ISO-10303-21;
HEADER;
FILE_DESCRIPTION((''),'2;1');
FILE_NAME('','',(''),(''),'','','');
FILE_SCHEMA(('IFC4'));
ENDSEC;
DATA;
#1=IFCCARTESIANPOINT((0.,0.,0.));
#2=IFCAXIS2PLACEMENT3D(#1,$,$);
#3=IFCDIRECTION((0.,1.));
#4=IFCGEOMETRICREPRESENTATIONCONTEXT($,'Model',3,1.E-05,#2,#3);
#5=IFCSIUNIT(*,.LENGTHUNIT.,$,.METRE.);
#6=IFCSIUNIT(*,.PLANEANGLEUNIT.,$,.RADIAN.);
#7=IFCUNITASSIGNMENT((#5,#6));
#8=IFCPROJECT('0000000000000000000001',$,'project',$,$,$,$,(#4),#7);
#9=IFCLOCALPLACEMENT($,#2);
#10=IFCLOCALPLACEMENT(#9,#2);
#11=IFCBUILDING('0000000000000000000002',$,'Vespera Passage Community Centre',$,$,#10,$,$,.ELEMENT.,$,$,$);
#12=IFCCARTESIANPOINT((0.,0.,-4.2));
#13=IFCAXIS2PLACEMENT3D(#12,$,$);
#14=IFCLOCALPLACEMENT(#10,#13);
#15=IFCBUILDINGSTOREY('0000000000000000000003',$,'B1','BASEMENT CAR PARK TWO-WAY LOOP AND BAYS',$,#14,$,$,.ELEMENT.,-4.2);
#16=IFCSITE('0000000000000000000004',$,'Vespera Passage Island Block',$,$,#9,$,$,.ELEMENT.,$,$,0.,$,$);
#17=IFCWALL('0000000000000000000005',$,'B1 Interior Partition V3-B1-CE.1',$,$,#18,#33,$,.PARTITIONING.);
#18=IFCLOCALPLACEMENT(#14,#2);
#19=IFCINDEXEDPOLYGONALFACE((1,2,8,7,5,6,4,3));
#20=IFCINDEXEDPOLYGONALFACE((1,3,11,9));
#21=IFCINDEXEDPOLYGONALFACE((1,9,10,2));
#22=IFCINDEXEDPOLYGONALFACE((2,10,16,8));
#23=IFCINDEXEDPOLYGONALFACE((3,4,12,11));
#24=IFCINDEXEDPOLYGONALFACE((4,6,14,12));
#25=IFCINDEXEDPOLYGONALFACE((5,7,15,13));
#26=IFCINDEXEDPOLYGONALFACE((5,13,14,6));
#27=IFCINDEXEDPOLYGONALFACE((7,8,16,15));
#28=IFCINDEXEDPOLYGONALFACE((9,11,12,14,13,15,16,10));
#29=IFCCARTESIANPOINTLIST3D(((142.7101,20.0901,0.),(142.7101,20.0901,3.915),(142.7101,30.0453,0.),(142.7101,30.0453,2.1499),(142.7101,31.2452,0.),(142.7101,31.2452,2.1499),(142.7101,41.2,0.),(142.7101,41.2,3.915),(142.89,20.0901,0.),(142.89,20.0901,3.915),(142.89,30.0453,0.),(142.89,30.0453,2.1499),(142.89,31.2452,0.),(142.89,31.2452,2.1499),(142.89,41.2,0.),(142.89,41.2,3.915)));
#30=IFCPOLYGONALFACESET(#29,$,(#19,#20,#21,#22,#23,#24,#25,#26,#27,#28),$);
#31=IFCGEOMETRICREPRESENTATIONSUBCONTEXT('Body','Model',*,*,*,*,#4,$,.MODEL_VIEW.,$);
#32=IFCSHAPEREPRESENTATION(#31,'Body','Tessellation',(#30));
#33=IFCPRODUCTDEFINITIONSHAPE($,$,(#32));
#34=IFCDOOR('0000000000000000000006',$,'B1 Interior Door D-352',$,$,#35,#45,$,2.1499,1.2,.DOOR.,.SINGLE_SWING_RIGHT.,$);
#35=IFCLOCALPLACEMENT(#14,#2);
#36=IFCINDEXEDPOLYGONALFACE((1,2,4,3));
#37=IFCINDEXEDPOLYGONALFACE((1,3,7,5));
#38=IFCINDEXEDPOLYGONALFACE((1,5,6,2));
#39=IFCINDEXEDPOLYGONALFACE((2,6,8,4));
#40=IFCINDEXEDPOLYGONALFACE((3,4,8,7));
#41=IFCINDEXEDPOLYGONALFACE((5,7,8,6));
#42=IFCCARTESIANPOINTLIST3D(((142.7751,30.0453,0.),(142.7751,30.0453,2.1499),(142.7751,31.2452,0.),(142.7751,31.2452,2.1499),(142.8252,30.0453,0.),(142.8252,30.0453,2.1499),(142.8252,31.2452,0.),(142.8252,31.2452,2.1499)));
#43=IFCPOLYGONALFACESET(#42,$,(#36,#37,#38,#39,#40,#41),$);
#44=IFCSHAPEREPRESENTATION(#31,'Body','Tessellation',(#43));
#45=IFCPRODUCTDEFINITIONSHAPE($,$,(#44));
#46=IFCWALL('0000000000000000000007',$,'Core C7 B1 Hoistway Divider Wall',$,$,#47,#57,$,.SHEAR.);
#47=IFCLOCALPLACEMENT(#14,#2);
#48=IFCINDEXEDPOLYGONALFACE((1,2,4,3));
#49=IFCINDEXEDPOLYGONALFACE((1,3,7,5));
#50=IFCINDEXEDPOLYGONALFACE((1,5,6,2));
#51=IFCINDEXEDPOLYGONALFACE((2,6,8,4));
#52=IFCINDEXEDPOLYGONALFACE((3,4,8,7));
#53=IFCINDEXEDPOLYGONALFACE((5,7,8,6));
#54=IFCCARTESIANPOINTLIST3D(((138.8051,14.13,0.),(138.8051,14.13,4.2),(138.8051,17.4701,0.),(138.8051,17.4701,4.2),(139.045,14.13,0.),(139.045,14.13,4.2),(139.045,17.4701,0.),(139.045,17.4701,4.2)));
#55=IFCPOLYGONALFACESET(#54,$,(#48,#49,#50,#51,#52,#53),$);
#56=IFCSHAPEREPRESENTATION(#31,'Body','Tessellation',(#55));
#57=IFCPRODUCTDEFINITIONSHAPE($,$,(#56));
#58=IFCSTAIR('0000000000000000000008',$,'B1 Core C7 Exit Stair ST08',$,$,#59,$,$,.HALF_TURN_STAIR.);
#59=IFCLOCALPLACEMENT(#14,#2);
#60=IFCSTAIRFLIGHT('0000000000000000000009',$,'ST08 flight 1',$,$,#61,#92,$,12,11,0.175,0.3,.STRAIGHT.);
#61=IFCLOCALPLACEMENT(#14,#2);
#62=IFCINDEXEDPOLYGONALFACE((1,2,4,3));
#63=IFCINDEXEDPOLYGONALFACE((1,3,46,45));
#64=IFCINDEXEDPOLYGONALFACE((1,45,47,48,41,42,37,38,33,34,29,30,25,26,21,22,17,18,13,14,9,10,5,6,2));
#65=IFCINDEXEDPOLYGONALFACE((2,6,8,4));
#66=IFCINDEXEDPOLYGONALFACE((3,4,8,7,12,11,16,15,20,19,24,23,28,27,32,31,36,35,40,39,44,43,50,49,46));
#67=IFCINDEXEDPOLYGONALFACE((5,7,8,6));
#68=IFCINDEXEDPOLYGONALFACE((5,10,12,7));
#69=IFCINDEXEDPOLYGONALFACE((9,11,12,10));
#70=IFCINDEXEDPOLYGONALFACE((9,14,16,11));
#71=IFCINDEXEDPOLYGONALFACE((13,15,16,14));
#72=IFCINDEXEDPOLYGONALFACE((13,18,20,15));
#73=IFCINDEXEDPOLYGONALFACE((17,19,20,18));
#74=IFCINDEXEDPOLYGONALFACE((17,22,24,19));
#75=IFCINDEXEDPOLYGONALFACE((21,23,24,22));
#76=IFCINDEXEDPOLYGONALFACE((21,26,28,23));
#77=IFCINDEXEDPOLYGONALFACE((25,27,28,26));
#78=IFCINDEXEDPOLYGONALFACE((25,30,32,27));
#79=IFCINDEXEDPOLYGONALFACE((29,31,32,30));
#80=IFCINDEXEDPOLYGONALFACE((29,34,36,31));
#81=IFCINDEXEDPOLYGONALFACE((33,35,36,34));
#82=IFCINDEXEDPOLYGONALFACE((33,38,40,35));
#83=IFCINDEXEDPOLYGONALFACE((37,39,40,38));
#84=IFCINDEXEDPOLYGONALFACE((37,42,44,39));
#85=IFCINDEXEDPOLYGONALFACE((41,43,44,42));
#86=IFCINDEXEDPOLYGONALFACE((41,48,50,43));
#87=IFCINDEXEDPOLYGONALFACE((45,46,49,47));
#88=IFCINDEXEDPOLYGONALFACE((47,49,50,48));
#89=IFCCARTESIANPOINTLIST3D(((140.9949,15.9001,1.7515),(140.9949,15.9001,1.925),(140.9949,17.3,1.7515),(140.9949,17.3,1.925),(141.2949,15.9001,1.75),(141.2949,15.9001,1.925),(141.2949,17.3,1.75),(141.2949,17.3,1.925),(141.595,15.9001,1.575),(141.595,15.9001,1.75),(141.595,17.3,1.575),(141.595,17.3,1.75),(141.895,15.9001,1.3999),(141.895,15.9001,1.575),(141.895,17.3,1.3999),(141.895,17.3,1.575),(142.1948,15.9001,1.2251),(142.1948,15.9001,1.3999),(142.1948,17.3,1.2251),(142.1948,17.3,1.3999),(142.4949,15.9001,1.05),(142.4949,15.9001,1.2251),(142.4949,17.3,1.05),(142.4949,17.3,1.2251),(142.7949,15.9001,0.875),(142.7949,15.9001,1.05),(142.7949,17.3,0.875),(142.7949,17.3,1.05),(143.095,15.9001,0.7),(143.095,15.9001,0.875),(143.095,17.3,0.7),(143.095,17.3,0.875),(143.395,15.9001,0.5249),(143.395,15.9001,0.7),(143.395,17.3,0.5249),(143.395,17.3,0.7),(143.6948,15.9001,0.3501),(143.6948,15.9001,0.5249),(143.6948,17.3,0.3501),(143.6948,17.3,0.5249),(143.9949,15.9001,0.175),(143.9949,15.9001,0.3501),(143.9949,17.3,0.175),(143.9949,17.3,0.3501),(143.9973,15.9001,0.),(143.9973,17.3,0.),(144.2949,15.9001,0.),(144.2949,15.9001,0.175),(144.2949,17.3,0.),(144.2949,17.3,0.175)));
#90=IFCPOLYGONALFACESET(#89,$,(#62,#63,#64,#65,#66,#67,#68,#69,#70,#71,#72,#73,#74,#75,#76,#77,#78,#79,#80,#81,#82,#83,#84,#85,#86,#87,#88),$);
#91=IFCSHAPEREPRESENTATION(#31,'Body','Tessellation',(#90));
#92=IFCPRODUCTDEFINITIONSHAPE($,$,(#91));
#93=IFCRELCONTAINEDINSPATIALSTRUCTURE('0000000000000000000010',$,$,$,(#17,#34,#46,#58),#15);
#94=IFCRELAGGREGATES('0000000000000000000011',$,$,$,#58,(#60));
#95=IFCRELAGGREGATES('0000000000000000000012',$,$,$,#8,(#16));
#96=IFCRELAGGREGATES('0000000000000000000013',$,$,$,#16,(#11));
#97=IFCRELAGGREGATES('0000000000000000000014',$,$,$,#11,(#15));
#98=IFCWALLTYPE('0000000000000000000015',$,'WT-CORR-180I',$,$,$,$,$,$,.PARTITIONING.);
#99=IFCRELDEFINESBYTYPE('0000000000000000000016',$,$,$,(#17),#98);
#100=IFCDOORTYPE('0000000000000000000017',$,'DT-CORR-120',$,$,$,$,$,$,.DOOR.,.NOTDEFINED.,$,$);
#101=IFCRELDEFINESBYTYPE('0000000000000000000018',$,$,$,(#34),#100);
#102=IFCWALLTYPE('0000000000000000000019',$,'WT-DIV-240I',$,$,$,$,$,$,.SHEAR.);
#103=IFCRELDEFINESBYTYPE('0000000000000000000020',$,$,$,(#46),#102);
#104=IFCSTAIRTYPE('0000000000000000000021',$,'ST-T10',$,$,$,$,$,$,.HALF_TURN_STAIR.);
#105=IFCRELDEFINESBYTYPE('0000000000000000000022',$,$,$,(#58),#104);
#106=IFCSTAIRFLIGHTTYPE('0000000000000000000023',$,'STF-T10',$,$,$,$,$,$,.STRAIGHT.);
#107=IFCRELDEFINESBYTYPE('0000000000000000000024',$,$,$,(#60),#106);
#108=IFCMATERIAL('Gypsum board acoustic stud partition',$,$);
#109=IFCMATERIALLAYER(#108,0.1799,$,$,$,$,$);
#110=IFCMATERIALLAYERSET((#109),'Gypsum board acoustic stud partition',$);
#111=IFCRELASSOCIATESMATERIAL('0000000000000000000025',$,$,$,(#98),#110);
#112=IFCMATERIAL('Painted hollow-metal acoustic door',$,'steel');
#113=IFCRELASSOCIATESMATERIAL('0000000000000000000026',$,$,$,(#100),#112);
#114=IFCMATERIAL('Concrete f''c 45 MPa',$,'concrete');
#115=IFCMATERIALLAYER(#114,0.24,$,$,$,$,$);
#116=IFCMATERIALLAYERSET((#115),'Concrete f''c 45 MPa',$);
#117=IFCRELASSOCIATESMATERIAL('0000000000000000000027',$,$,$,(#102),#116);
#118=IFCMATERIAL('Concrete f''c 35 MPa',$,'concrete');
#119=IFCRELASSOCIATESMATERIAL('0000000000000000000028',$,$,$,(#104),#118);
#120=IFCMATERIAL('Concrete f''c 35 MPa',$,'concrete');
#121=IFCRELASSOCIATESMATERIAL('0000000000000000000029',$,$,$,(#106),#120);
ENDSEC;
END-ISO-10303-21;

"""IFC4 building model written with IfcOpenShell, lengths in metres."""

from ifc_helpers import new_model, si_unit, direction, frame, frame_2d, origin, place, context, subcontext, project, spatial, polyline, rectangle, outline, extrude, material, layer, layer_set, type_object, element, fill, aggregate, save


model = new_model("IFC4")

# Units and contexts
model_context = context("Model", 3, precision=1e-05, world=origin(), true_north=direction((0.0, 1.0)))
body_context = subcontext(model_context, "Body", "Model", "MODEL_VIEW")
ifc_project = project(units=[si_unit("LENGTHUNIT", "METRE"), si_unit("PLANEANGLEUNIT", "RADIAN")], contexts=[model_context])

# Site, building, storey
site_placement = place(None, origin())
site = spatial("IfcSite", under=ifc_project, at=site_placement, Name="Vespera Passage Island Block", CompositionType="ELEMENT", RefElevation=0.0)
building_placement = place(site_placement, origin())
building = spatial("IfcBuilding", under=site, at=building_placement, Name="Vespera Passage Community Centre", CompositionType="ELEMENT")
storey_placement = place(building_placement, frame((0.0, 0.0, -4.2)))
storey = spatial("IfcBuildingStorey", under=building, at=storey_placement, Name="B1", Description="BASEMENT CAR PARK TWO-WAY LOOP AND BAYS", CompositionType="ELEMENT", Elevation=-4.2)

# Shared definitions
ifc_material_1 = material(Name="Gypsum board acoustic stud partition")
ifc_layer_1 = layer(ifc_material_1, 0.1799)
ifc_layer_set_1 = layer_set([ifc_layer_1], Name="Gypsum board acoustic stud partition")
wall_type_1 = type_object("IfcWallType", Name="WT-CORR-180I", PredefinedType="PARTITIONING", material=ifc_layer_set_1)

# Wall, opening, door
ifc_material_2 = material(Name="Painted hollow-metal acoustic door", Category="steel")
door_type_1 = type_object("IfcDoorType", Name="DT-CORR-120", OperationType="NOTDEFINED", PredefinedType="DOOR", material=ifc_material_2)
wall_1_placement = place(storey_placement, frame((142.8, 20.0901, 0.0), z_axis=(0.0, 0.0, 1.0), x_axis=(0.0, 1.0, 0.0)))
wall_1 = element("IfcWall", 1, at=wall_1_placement, inside=storey, type_object=wall_type_1, Name="B1 Interior Partition V3-B1-CE.1", PredefinedType="PARTITIONING", context=body_context, shape_type="SweptSolid", body=[
    extrude(rectangle(XDim=21.1099, YDim=0.1799, at=frame_2d((10.5549, 0.0))), origin(), (0.0, 0.0, 1.0), 3.915),
])
opening_1_placement = place(wall_1_placement, frame((9.9551, 0.0, 0.0)))
opening_1 = element("IfcOpeningElement", 2, at=opening_1_placement, cuts=wall_1, PredefinedType="OPENING", context=body_context, shape_type="SweptSolid", body=[
    extrude(rectangle(XDim=1.2, YDim=2.1499, at=frame_2d((0.6001, 1.075))), frame((0.0, 0.0999, 0.0), z_axis=(0.0, -1.0, 0.0), x_axis=(1.0, 0.0, 0.0)), (0.0, 0.0, 1.0), 0.2),
])
door_1_placement = place(opening_1_placement, origin())
door_1 = element("IfcDoor", 3, at=door_1_placement, inside=storey, type_object=door_type_1, Name="B1 Interior Door D-352", OperationType="SINGLE_SWING_RIGHT", OverallHeight=2.1499, OverallWidth=1.2, PredefinedType="DOOR", context=body_context, shape_type="SweptSolid", body=[
    extrude(rectangle(XDim=1.2, YDim=2.1499, at=frame_2d((0.6001, 1.075))), frame((0.0, 0.0249, 0.0), z_axis=(0.0, -1.0, 0.0), x_axis=(1.0, 0.0, 0.0)), (0.0, 0.0, 1.0), 0.05),
])
fill(opening_1, door_1)

# Wall
ifc_material_3 = material(Name="Concrete f'c 45 MPa", Category="concrete")
ifc_layer_2 = layer(ifc_material_3, 0.24)
ifc_layer_set_2 = layer_set([ifc_layer_2], Name="Concrete f'c 45 MPa")
wall_type_2 = type_object("IfcWallType", Name="WT-DIV-240I", PredefinedType="SHEAR", material=ifc_layer_set_2)
wall_2_placement = place(storey_placement, frame((138.925, 17.47, 0.0), z_axis=(0.0, 0.0, 1.0), x_axis=(0.0, -1.0, 0.0)))
element("IfcWall", 4, at=wall_2_placement, inside=storey, type_object=wall_type_2, Name="Core C7 B1 Hoistway Divider Wall", PredefinedType="SHEAR", context=body_context, shape_type="SweptSolid", body=[
    extrude(rectangle(XDim=3.3401, YDim=0.24, at=frame_2d((1.6699, 0.0))), origin(), (0.0, 0.0, 1.0), 4.2),
])

# Stair, stair flight
ifc_material_4 = material(Name="Concrete f'c 35 MPa", Category="concrete")
stair_type = type_object("IfcStairType", Name="ST-T10", PredefinedType="HALF_TURN_STAIR", material=ifc_material_4)
stair_placement = place(storey_placement, origin())
stair = element("IfcStair", 5, at=stair_placement, inside=storey, type_object=stair_type, Name="B1 Core C7 Exit Stair ST08", PredefinedType="HALF_TURN_STAIR")
ifc_material_5 = material(Name="Concrete f'c 35 MPa", Category="concrete")
stair_flight_type = type_object("IfcStairFlightType", Name="STF-T10", PredefinedType="STRAIGHT", material=ifc_material_5)
stair_flight_placement = place(storey_placement, frame((144.2949, 16.6001, 0.0), z_axis=(0.0, 0.0, 1.0), x_axis=(-1.0, 0.0, 0.0)))
stair_flight = element("IfcStairFlight", 6, at=stair_flight_placement, type_object=stair_flight_type, Name="ST08 flight 1", NumberOfRisers=12, NumberOfTreads=11, PredefinedType="STRAIGHT", RiserHeight=0.175, TreadLength=0.3, context=body_context, shape_type="SweptSolid", body=[
    extrude(outline(polyline([(0.0, 0.0), (0.0, 0.175), (0.3, 0.175), (0.3, 0.3501), (0.6001, 0.3501), (0.6001, 0.5249), (0.8999, 0.5249), (0.8999, 0.7), (1.2, 0.7), (1.2, 0.875), (1.5, 0.875), (1.5, 1.05), (1.8, 1.05), (1.8, 1.2251), (2.1001, 1.2251), (2.1001, 1.3999), (2.3999, 1.3999), (2.3999, 1.575), (2.7, 1.575), (2.7, 1.75), (3.0, 1.75), (3.0, 1.925), (3.3, 1.925), (3.3, 2.1001), (3.3, 1.7515), (0.2976, 0.0), (0.0, 0.0)])), frame((0.0, 0.7, 0.0), z_axis=(0.0, -1.0, 0.0), x_axis=(1.0, 0.0, 0.0)), (0.0, 0.0, 1.0), 1.3999),
])
aggregate(stair, [stair_flight])

save(model, "model.ifc")
